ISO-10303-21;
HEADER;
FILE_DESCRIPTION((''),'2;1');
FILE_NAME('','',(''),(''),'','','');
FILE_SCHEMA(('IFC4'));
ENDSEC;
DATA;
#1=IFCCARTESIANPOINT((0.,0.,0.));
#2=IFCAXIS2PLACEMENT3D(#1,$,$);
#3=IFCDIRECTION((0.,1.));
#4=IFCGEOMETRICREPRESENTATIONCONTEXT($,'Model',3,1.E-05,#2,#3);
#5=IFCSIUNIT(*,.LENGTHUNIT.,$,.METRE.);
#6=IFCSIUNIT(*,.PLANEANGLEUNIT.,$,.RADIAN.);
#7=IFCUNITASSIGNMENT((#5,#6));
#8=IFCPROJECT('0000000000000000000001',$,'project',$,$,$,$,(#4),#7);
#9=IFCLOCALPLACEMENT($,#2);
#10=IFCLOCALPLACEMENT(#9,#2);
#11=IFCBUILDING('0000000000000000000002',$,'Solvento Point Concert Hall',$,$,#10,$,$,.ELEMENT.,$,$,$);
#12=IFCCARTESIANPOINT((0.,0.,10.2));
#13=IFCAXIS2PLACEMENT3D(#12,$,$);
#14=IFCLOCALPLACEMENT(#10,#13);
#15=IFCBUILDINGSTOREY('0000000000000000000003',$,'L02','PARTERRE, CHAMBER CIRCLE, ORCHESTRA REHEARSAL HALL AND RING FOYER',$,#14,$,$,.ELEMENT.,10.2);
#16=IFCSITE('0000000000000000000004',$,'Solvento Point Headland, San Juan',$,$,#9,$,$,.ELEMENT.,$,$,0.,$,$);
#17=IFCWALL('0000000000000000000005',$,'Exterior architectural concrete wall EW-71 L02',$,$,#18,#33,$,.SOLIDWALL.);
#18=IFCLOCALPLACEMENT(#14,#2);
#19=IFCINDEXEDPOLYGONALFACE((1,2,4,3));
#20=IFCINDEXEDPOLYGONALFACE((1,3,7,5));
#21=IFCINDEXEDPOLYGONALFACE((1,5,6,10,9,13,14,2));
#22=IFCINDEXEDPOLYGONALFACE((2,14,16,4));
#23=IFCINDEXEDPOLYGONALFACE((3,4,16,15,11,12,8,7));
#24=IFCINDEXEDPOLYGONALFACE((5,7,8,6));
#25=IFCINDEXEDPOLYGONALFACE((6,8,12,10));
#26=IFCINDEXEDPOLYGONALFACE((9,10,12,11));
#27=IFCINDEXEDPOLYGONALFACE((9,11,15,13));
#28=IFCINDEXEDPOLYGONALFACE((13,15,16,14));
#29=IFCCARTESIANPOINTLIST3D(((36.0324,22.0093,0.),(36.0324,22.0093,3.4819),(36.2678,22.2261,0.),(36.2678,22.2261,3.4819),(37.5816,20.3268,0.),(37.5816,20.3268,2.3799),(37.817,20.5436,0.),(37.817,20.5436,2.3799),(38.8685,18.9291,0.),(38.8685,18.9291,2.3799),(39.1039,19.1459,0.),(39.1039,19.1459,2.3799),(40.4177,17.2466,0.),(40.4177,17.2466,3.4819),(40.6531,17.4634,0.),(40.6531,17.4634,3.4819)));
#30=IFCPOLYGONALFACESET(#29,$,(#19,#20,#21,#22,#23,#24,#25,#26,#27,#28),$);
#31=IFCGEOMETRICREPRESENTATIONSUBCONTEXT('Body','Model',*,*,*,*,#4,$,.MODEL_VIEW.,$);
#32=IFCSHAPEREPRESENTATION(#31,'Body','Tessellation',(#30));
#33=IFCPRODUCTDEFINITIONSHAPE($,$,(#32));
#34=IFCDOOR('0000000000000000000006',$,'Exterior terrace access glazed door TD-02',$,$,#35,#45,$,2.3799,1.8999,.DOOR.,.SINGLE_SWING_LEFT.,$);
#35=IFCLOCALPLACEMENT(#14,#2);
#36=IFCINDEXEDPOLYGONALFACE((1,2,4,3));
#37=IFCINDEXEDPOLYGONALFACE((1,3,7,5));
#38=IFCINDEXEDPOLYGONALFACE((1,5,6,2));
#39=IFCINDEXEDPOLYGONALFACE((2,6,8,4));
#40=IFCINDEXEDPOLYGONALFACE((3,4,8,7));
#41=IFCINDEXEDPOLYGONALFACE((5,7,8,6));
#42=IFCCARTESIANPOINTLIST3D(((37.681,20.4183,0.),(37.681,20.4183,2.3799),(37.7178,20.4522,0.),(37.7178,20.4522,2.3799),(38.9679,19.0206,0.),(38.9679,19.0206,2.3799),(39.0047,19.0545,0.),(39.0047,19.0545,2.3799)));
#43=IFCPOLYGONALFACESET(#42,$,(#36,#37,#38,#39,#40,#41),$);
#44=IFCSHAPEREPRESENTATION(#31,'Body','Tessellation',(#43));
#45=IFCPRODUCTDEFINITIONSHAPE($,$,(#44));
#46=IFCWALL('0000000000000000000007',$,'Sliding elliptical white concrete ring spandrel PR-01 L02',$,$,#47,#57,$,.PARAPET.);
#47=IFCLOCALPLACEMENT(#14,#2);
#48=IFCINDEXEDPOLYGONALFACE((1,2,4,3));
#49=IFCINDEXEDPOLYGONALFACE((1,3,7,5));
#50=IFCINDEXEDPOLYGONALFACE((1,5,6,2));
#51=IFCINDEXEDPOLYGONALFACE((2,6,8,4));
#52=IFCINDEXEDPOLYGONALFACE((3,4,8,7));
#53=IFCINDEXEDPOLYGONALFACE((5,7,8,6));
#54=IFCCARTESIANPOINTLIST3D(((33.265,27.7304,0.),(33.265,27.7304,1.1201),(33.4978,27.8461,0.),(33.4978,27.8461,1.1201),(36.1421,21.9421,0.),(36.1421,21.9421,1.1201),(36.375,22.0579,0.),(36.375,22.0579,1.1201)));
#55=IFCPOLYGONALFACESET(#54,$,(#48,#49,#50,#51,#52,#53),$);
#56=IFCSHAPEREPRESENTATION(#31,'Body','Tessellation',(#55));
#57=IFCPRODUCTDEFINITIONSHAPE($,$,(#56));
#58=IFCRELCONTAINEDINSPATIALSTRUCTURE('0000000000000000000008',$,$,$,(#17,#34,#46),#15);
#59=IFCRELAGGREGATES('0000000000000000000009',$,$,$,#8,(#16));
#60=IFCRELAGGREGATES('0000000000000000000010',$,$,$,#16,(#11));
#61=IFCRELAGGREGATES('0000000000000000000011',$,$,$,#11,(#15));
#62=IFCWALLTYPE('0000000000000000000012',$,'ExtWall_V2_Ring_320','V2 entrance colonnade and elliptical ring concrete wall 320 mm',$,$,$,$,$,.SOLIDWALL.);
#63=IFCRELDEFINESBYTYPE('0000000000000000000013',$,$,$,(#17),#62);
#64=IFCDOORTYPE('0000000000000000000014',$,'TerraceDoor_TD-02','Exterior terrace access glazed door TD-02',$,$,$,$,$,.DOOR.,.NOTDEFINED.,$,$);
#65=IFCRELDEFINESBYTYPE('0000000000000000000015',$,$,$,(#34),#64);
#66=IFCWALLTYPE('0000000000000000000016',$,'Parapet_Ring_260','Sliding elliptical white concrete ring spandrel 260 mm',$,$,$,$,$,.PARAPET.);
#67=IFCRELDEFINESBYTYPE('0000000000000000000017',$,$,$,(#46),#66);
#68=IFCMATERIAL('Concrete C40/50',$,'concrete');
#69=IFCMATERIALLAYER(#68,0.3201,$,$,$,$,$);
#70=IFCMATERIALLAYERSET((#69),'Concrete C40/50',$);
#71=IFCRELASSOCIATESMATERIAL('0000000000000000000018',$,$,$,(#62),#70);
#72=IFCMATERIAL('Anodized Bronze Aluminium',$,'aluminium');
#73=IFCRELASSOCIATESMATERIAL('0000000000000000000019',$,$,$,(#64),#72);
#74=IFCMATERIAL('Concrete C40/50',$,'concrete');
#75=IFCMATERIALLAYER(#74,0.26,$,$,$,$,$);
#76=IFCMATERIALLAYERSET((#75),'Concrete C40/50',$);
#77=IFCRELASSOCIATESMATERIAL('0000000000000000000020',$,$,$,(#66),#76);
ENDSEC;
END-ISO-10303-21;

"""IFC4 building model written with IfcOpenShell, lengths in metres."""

from ifc_helpers import new_model, si_unit, direction, frame, frame_2d, origin, place, context, subcontext, project, spatial, rectangle, extrude, material, layer, layer_set, type_object, element, fill, save


model = new_model("IFC4")

# Units and contexts
model_context = context("Model", 3, precision=1e-05, world=origin(), true_north=direction((0.0, 1.0)))
body_context = subcontext(model_context, "Body", "Model", "MODEL_VIEW")
ifc_project = project(units=[si_unit("LENGTHUNIT", "METRE"), si_unit("PLANEANGLEUNIT", "RADIAN")], contexts=[model_context])

# Site, building, storey
site_placement = place(None, origin())
site = spatial("IfcSite", under=ifc_project, at=site_placement, Name="Solvento Point Headland, San Juan", CompositionType="ELEMENT", RefElevation=0.0)
building_placement = place(site_placement, origin())
building = spatial("IfcBuilding", under=site, at=building_placement, Name="Solvento Point Concert Hall", CompositionType="ELEMENT")
storey_placement = place(building_placement, frame((0.0, 0.0, 10.2)))
storey = spatial("IfcBuildingStorey", under=building, at=storey_placement, Name="L02", Description="PARTERRE, CHAMBER CIRCLE, ORCHESTRA REHEARSAL HALL AND RING FOYER", CompositionType="ELEMENT", Elevation=10.2)

# Wall, opening, door
ifc_material_1 = material(Name="Concrete C40/50", Category="concrete")
ifc_layer_1 = layer(ifc_material_1, 0.3201)
ifc_layer_set_1 = layer_set([ifc_layer_1], Name="Concrete C40/50")
wall_type_1 = type_object("IfcWallType", Name="ExtWall_V2_Ring_320", Description="V2 entrance colonnade and elliptical ring concrete wall 320 mm", PredefinedType="SOLIDWALL", material=ifc_layer_set_1)
wall_1_placement = place(storey_placement, frame((40.5354, 17.355, 0.0), z_axis=(0.0, 0.0, 1.0), x_axis=(-0.677355, 0.735656, 0.0)))
wall_1 = element("IfcWall", 1, at=wall_1_placement, inside=storey, type_object=wall_type_1, Name="Exterior architectural concrete wall EW-71 L02", PredefinedType="SOLIDWALL", context=body_context, shape_type="SweptSolid", body=[
    extrude(rectangle(XDim=6.4741, YDim=0.3201, at=frame_2d((3.2371, 0.0))), origin(), (0.0, 0.0, 1.0), 3.4819),
])
opening_placement = place(wall_1_placement, frame((2.2871, 0.0, 0.0)))
opening = element("IfcOpeningElement", 2, at=opening_placement, cuts=wall_1, PredefinedType="OPENING", context=body_context, shape_type="SweptSolid", body=[
    extrude(rectangle(XDim=1.8999, YDim=2.3799, at=frame_2d((0.95, 1.1899))), frame((0.0, 0.1699, 0.0), z_axis=(0.0, -1.0, 0.0), x_axis=(1.0, 0.0, 0.0)), (0.0, 0.0, 1.0), 0.3401),
])
ifc_material_2 = material(Name="Anodized Bronze Aluminium", Category="aluminium")
door_type = type_object("IfcDoorType", Name="TerraceDoor_TD-02", Description="Exterior terrace access glazed door TD-02", OperationType="NOTDEFINED", PredefinedType="DOOR", material=ifc_material_2)
door_placement = place(opening_placement, origin())
door = element("IfcDoor", 3, at=door_placement, inside=storey, type_object=door_type, Name="Exterior terrace access glazed door TD-02", OperationType="SINGLE_SWING_LEFT", OverallHeight=2.3799, OverallWidth=1.8999, PredefinedType="DOOR", context=body_context, shape_type="SweptSolid", body=[
    extrude(rectangle(XDim=1.8999, YDim=2.3799, at=frame_2d((0.95, 1.1899))), frame((0.0, 0.0249, 0.0), z_axis=(0.0, -1.0, 0.0), x_axis=(1.0, 0.0, 0.0)), (0.0, 0.0, 1.0), 0.05),
])
fill(opening, door)

# Wall
ifc_material_3 = material(Name="Concrete C40/50", Category="concrete")
ifc_layer_2 = layer(ifc_material_3, 0.26)
ifc_layer_set_2 = layer_set([ifc_layer_2], Name="Concrete C40/50")
wall_type_2 = type_object("IfcWallType", Name="Parapet_Ring_260", Description="Sliding elliptical white concrete ring spandrel 260 mm", PredefinedType="PARAPET", material=ifc_layer_set_2)
wall_2_placement = place(storey_placement, frame((36.2585, 22.0, 0.0), z_axis=(0.0, 0.0, 1.0), x_axis=(-0.445112, 0.895475, 0.0)))
element("IfcWall", 4, at=wall_2_placement, inside=storey, type_object=wall_type_2, Name="Sliding elliptical white concrete ring spandrel PR-01 L02", PredefinedType="PARAPET", context=body_context, shape_type="SweptSolid", body=[
    extrude(rectangle(XDim=6.4639, YDim=0.26, at=frame_2d((3.2319, 0.0))), origin(), (0.0, 0.0, 1.0), 1.1201),
])

save(model, "model.ifc")
